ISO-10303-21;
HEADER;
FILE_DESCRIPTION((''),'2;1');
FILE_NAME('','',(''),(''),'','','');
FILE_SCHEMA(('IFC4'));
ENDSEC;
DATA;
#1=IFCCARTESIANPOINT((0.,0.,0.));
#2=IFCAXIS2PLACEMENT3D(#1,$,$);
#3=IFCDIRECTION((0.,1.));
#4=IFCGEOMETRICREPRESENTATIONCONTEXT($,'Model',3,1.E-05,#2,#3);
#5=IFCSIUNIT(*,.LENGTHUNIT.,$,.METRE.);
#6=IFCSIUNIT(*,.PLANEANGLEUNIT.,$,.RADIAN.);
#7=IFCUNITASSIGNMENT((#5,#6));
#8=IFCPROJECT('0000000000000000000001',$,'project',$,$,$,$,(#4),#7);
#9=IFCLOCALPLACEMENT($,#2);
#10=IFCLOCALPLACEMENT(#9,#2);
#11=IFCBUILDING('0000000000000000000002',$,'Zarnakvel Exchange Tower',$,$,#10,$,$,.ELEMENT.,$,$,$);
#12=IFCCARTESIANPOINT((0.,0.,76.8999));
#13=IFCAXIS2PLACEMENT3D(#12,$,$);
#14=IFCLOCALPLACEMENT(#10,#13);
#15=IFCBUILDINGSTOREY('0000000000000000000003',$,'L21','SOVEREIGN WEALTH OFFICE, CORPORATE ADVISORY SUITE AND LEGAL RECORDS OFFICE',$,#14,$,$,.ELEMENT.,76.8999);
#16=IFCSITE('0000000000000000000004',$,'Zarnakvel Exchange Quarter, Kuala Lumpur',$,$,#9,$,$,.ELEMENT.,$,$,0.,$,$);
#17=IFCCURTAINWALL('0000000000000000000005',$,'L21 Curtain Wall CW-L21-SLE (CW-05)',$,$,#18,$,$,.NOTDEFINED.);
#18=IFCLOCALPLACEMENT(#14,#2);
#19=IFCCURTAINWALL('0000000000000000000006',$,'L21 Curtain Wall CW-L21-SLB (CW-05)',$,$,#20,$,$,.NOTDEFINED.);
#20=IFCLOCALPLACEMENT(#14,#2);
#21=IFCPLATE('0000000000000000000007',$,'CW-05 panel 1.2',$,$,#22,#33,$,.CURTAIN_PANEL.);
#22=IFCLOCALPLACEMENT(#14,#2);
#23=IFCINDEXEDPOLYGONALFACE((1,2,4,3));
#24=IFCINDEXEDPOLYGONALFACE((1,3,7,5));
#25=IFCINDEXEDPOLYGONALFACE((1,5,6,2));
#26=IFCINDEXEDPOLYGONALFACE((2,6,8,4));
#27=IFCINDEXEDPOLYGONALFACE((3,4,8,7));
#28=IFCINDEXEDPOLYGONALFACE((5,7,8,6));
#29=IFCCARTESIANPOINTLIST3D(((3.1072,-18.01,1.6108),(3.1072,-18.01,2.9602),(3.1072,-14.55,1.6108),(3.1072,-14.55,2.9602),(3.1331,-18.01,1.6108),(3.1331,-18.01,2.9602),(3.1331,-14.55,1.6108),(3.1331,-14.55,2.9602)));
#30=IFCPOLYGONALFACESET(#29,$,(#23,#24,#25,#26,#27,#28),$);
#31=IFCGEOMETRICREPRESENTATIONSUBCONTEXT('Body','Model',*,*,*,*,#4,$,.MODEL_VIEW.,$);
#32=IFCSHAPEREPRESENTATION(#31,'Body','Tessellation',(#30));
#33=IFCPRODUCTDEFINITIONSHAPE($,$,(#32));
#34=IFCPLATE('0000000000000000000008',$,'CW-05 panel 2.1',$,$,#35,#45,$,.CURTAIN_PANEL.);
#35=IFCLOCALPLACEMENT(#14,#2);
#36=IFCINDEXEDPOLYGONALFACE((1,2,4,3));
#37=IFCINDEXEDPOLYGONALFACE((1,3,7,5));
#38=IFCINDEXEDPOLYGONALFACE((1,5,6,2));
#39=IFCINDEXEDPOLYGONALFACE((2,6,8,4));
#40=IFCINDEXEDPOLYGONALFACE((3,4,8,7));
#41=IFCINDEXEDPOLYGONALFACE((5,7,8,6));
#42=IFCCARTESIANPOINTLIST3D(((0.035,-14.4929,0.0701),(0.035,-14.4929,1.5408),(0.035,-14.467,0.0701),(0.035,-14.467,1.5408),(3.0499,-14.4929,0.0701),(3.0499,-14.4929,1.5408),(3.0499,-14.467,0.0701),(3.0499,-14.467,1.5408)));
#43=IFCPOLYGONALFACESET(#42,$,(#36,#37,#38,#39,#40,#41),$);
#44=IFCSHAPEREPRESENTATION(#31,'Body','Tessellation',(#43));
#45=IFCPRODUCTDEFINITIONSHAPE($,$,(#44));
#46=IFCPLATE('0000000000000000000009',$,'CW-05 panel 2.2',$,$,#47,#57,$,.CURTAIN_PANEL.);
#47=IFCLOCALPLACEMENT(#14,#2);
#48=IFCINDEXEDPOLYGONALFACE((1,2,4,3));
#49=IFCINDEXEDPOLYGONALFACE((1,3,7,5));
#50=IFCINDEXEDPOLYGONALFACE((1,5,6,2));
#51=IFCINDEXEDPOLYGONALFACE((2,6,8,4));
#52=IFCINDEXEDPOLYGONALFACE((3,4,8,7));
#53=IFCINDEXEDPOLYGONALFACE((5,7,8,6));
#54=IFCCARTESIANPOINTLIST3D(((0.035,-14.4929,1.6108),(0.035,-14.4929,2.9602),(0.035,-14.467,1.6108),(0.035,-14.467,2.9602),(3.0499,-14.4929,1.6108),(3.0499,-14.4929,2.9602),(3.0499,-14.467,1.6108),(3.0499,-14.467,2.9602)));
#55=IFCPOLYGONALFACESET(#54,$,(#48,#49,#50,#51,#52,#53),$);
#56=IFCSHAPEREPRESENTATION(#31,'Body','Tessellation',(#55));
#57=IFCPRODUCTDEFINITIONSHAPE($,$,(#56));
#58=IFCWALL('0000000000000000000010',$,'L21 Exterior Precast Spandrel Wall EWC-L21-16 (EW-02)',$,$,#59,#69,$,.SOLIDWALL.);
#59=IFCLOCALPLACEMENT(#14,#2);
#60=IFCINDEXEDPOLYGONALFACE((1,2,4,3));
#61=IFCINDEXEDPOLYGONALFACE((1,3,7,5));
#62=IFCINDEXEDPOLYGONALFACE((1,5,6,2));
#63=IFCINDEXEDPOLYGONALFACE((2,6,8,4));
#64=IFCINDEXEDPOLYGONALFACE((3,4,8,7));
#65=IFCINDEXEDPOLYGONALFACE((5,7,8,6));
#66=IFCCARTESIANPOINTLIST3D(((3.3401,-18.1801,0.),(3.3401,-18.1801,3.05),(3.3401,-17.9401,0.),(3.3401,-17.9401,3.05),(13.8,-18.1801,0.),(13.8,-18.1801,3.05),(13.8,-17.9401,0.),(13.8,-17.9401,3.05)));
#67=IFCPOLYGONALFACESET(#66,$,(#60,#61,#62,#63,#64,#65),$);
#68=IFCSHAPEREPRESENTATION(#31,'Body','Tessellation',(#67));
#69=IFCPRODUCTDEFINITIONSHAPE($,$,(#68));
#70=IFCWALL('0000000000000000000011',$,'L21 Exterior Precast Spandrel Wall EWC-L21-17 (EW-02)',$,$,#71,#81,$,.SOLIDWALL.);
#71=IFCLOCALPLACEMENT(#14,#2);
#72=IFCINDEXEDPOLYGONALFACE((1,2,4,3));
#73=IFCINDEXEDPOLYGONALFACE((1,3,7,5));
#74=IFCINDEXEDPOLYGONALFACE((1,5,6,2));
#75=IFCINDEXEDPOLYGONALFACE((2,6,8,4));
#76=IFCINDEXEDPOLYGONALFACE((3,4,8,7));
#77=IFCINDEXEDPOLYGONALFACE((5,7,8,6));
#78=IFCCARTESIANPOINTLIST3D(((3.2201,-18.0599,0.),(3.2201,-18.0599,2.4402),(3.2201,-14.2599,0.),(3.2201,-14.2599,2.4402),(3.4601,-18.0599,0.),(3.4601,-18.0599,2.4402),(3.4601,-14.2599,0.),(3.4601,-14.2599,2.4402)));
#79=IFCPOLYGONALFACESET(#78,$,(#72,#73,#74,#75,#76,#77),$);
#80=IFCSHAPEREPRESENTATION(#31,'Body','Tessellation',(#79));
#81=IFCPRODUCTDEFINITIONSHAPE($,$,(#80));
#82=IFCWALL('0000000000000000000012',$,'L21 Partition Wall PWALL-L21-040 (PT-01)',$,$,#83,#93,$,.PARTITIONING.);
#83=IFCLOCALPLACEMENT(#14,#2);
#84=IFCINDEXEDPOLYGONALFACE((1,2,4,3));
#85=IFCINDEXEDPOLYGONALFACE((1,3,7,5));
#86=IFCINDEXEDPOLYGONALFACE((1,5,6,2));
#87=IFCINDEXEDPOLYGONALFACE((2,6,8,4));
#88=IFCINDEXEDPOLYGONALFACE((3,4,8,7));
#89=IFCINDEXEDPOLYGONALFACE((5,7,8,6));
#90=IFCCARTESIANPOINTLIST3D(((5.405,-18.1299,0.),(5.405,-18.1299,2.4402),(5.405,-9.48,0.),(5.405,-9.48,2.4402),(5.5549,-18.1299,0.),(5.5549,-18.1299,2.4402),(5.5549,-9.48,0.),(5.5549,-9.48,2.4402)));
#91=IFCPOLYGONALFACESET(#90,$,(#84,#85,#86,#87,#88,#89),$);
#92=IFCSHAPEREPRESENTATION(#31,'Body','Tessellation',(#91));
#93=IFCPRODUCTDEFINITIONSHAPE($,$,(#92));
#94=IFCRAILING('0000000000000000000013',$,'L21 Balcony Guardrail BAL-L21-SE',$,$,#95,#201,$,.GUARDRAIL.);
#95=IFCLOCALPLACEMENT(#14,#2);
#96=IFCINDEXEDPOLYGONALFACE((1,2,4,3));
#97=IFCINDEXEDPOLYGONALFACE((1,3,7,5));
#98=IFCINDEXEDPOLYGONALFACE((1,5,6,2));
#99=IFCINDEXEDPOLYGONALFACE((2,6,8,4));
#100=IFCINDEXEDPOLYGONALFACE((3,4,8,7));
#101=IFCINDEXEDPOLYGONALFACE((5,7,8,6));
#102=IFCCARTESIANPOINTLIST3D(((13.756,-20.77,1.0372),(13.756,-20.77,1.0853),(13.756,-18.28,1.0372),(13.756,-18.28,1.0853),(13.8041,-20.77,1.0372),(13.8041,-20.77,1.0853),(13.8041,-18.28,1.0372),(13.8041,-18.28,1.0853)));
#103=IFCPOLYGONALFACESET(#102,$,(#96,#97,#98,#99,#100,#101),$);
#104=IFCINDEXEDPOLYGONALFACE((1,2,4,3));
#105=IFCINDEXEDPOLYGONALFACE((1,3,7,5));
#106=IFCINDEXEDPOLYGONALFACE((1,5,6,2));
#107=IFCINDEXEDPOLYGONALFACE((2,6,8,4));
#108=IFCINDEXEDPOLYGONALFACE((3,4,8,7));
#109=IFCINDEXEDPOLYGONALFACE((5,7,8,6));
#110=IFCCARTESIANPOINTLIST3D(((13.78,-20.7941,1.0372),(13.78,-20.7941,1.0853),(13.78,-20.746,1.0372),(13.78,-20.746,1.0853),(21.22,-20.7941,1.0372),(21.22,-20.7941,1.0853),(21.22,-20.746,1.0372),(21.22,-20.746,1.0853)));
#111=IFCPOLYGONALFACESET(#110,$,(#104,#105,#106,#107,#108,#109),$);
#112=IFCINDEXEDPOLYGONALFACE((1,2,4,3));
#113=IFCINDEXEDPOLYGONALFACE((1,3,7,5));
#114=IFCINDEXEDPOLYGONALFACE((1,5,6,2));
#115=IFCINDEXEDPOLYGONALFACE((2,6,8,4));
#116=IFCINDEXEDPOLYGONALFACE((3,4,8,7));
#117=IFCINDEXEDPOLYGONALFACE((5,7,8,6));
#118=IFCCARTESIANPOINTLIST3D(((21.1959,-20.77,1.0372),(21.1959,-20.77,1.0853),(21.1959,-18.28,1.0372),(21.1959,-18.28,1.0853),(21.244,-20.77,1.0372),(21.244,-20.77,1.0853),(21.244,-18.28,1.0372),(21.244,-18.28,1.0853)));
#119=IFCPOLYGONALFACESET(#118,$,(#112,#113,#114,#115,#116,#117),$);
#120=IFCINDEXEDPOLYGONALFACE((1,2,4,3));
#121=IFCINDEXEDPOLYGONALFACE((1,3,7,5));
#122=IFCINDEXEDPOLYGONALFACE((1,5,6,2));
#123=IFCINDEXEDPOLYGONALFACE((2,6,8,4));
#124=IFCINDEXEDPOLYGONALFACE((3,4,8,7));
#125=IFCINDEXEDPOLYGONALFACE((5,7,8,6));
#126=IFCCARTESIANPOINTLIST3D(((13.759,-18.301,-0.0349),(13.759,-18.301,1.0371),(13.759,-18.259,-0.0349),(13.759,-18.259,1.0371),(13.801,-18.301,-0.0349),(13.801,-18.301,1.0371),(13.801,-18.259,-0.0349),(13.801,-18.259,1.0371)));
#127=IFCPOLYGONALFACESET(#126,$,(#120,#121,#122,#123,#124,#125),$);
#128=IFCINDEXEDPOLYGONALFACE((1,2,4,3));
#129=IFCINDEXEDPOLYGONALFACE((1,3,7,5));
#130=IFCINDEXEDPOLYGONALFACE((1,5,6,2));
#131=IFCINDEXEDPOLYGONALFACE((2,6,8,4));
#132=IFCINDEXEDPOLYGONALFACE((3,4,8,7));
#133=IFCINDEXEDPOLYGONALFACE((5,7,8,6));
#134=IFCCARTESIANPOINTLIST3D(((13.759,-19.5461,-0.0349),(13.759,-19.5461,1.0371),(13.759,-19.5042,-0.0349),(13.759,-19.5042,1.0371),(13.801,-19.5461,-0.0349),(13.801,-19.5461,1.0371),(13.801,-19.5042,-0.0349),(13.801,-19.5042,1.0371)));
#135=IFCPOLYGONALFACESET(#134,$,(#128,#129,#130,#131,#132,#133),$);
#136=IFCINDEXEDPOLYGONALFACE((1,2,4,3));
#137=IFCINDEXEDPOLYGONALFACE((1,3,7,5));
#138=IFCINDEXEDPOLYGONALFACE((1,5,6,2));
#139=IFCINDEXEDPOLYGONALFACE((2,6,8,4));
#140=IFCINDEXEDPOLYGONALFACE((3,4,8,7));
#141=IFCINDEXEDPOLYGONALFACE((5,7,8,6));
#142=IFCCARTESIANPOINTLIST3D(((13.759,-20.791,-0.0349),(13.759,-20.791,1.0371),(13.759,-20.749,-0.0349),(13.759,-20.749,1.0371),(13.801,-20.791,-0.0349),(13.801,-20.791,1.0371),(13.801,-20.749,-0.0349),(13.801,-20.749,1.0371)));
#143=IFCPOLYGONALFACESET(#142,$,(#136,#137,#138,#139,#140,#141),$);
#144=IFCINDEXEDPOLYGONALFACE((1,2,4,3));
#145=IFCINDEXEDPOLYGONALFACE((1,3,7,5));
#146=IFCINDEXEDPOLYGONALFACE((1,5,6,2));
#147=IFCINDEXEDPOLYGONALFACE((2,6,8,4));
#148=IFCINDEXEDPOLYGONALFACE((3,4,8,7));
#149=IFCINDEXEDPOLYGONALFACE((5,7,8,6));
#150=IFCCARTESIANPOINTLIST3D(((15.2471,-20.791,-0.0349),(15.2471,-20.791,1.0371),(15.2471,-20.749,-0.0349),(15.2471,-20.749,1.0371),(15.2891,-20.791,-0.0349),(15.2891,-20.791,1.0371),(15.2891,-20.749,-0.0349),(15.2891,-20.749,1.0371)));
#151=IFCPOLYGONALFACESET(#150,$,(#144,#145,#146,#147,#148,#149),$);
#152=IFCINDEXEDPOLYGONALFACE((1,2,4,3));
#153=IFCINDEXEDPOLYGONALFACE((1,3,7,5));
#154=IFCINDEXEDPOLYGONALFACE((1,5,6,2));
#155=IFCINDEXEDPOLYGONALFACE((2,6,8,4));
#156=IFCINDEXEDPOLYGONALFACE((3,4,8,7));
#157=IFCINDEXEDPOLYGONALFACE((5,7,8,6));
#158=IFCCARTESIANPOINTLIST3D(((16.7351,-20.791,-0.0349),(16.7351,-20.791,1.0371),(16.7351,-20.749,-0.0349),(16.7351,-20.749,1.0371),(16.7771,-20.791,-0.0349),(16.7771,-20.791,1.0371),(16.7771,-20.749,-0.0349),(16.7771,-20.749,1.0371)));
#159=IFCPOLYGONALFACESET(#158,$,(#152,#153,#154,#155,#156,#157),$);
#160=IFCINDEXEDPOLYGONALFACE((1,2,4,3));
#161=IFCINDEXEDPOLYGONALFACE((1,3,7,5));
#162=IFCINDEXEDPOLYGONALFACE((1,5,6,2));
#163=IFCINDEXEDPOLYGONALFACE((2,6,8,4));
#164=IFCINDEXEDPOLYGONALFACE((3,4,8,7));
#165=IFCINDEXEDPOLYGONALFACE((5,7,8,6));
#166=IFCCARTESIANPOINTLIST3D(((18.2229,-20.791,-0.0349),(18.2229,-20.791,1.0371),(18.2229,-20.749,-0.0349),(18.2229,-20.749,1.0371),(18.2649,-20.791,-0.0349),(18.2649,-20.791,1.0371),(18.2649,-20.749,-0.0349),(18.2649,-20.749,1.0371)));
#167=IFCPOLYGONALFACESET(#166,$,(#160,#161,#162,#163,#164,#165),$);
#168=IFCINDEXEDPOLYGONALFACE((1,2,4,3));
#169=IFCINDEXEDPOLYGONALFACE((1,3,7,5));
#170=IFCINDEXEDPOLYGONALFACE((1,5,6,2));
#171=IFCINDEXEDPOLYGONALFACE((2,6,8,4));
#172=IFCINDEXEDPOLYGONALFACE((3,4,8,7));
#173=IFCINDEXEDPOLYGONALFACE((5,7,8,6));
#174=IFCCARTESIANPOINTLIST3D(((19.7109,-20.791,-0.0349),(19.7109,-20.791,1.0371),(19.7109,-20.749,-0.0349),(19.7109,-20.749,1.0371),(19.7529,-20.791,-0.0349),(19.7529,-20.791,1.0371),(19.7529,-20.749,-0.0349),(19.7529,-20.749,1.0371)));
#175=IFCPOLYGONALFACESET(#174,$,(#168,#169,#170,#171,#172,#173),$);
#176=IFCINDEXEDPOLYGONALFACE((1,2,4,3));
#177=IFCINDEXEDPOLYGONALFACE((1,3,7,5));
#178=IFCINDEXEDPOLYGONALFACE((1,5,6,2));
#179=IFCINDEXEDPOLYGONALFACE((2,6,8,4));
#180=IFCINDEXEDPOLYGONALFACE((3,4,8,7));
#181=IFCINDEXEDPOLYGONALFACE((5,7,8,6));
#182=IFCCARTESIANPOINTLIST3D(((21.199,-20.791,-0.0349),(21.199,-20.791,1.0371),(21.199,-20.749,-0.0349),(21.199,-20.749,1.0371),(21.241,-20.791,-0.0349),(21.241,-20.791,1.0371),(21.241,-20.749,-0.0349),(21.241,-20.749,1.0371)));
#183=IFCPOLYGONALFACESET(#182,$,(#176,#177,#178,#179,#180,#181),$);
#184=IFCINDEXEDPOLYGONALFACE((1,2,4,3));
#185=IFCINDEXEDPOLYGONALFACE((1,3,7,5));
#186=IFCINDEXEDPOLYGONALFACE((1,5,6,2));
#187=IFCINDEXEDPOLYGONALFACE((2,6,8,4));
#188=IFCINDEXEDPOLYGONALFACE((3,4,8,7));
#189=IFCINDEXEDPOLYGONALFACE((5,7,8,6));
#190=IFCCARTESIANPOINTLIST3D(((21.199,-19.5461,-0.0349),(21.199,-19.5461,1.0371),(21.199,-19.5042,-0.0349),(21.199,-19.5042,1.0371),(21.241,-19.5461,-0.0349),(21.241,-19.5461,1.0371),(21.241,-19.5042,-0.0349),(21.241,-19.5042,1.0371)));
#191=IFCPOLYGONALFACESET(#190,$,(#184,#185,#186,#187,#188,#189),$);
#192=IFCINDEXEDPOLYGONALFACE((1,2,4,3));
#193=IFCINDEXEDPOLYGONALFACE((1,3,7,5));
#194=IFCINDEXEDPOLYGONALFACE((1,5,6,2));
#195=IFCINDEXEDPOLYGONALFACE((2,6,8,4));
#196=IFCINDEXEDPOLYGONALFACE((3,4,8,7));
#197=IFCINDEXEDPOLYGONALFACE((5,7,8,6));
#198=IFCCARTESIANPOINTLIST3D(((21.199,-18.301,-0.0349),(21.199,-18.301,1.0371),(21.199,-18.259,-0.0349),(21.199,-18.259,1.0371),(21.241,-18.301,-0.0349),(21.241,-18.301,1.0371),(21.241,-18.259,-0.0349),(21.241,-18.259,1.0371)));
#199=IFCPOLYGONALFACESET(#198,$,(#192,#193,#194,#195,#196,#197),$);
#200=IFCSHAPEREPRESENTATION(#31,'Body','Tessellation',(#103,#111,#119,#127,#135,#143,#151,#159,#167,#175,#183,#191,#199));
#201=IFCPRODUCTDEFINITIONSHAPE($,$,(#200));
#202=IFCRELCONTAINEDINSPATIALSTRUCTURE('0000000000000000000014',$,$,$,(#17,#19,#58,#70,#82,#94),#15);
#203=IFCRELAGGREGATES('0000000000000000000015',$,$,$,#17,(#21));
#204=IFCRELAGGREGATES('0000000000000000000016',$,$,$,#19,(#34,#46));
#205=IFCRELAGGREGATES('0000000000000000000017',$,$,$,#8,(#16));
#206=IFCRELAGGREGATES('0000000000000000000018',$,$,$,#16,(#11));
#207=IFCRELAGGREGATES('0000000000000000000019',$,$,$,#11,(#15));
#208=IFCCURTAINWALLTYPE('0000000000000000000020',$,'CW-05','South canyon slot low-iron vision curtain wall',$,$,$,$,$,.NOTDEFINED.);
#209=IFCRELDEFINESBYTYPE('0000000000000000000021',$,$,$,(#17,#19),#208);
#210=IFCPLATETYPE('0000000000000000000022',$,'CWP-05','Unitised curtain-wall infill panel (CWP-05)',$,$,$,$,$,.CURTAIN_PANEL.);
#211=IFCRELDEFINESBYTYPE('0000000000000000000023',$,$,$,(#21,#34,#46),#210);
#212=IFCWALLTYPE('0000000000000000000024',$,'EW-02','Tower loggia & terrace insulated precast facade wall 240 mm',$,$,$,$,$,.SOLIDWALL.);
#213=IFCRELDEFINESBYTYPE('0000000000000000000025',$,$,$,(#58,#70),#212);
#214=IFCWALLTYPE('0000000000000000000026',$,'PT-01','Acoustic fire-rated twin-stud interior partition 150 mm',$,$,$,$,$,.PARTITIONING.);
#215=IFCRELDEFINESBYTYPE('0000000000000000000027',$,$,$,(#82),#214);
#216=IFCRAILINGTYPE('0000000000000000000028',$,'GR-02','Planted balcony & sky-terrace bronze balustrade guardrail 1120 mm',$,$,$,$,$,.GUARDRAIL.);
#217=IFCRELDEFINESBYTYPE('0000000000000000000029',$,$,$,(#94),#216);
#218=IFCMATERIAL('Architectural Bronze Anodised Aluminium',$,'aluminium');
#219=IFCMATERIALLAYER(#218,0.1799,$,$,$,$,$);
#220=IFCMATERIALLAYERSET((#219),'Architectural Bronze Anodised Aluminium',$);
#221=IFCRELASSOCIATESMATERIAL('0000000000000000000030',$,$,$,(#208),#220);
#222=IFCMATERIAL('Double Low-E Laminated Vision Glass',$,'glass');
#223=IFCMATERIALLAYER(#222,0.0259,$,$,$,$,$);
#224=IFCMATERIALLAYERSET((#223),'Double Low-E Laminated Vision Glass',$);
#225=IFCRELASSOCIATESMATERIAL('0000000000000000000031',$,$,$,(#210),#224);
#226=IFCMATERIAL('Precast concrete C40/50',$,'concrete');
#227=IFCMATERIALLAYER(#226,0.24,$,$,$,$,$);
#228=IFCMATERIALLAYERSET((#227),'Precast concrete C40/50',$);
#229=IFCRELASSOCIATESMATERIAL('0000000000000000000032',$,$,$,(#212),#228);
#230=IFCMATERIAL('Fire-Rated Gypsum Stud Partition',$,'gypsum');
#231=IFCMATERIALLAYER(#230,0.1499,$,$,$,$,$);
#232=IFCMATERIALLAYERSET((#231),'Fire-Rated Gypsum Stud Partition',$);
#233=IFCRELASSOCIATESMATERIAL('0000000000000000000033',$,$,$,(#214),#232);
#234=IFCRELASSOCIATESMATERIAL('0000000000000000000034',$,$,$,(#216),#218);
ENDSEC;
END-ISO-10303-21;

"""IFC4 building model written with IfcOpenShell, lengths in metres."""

from ifc_helpers import new_model, si_unit, direction, frame, frame_2d, origin, origin_2d, place, context, subcontext, project, spatial, rectangle, extrude, source, transform, mapped, material, layer, layer_set, type_object, element, aggregate, save


model = new_model("IFC4")

# Units and contexts
model_context = context("Model", 3, precision=1e-05, world=origin(), true_north=direction((0.0, 1.0)))
body_context = subcontext(model_context, "Body", "Model", "MODEL_VIEW")
ifc_project = project(units=[si_unit("LENGTHUNIT", "METRE"), si_unit("PLANEANGLEUNIT", "RADIAN")], contexts=[model_context])

# Site, building, storey
site_placement = place(None, origin())
site = spatial("IfcSite", under=ifc_project, at=site_placement, Name="Zarnakvel Exchange Quarter, Kuala Lumpur", CompositionType="ELEMENT", RefElevation=0.0)
building_placement = place(site_placement, origin())
building = spatial("IfcBuilding", under=site, at=building_placement, Name="Zarnakvel Exchange Tower", CompositionType="ELEMENT")
storey_placement = place(building_placement, frame((0.0, 0.0, 76.8999)))
storey = spatial("IfcBuildingStorey", under=building, at=storey_placement, Name="L21", Description="SOVEREIGN WEALTH OFFICE, CORPORATE ADVISORY SUITE AND LEGAL RECORDS OFFICE", CompositionType="ELEMENT", Elevation=76.8999)

# Curtain walls
ifc_material_1 = material(Name="Architectural Bronze Anodised Aluminium", Category="aluminium")
ifc_layer_1 = layer(ifc_material_1, 0.1799)
ifc_layer_set_1 = layer_set([ifc_layer_1], Name="Architectural Bronze Anodised Aluminium")
curtain_wall_type = type_object("IfcCurtainWallType", Name="CW-05", Description="South canyon slot low-iron vision curtain wall", PredefinedType="NOTDEFINED", material=ifc_layer_set_1)
curtain_wall_1_placement = place(storey_placement, origin())
curtain_wall_1 = element("IfcCurtainWall", 1, at=curtain_wall_1_placement, inside=storey, type_object=curtain_wall_type, Name="L21 Curtain Wall CW-L21-SLE (CW-05)", PredefinedType="NOTDEFINED")
curtain_wall_2_placement = place(storey_placement, origin())
curtain_wall_2 = element("IfcCurtainWall", 2, at=curtain_wall_2_placement, inside=storey, type_object=curtain_wall_type, Name="L21 Curtain Wall CW-L21-SLB (CW-05)", PredefinedType="NOTDEFINED")

# Plates
ifc_material_2 = material(Name="Double Low-E Laminated Vision Glass", Category="glass")
ifc_layer_2 = layer(ifc_material_2, 0.0259)
ifc_layer_set_2 = layer_set([ifc_layer_2], Name="Double Low-E Laminated Vision Glass")
plate_type = type_object("IfcPlateType", Name="CWP-05", Description="Unitised curtain-wall infill panel (CWP-05)", PredefinedType="CURTAIN_PANEL", material=ifc_layer_set_2)
shared_shape_1 = source(origin(), body_context, "Body", "SweptSolid", [
    extrude(rectangle(XDim=3.46, YDim=0.0259, at=origin_2d()), origin(), (0.0, 0.0, 1.0), 1.3494),
])
plate_1_placement = place(storey_placement, frame((3.1201, -16.28, 1.6108), z_axis=(0.0, 0.0, 1.0), x_axis=(0.0, -1.0, 0.0)))
plate_1 = element("IfcPlate", 3, at=plate_1_placement, type_object=plate_type, Name="CW-05 panel 1.2", PredefinedType="CURTAIN_PANEL", context=body_context, shape_type="MappedRepresentation", body=[
    mapped(shared_shape_1, transform((0.0, 0.0, 0.0), x_axis=(1.0, 0.0, 0.0), y_axis=(0.0, 1.0, 0.0), z_axis=(0.0, 0.0, 1.0), scale=1.0)),
])
aggregate(curtain_wall_1, [plate_1])
shared_shape_2 = source(origin(), body_context, "Body", "SweptSolid", [
    extrude(rectangle(XDim=3.0149, YDim=0.0259, at=origin_2d()), origin(), (0.0, 0.0, 1.0), 1.4707),
])
plate_2_placement = place(storey_placement, frame((1.5425, -14.48, 0.0701), z_axis=(0.0, 0.0, 1.0), x_axis=(1.0, 0.0, 0.0)))
plate_2 = element("IfcPlate", 4, at=plate_2_placement, type_object=plate_type, Name="CW-05 panel 2.1", PredefinedType="CURTAIN_PANEL", context=body_context, shape_type="MappedRepresentation", body=[
    mapped(shared_shape_2, transform((0.0, 0.0, 0.0), x_axis=(1.0, 0.0, 0.0), y_axis=(0.0, 1.0, 0.0), z_axis=(0.0, 0.0, 1.0), scale=1.0)),
])
shared_shape_3 = source(origin(), body_context, "Body", "SweptSolid", [
    extrude(rectangle(XDim=3.0149, YDim=0.0259, at=origin_2d()), origin(), (0.0, 0.0, 1.0), 1.3494),
])
plate_3_placement = place(storey_placement, frame((1.5425, -14.48, 1.6108), z_axis=(0.0, 0.0, 1.0), x_axis=(1.0, 0.0, 0.0)))
plate_3 = element("IfcPlate", 5, at=plate_3_placement, type_object=plate_type, Name="CW-05 panel 2.2", PredefinedType="CURTAIN_PANEL", context=body_context, shape_type="MappedRepresentation", body=[
    mapped(shared_shape_3, transform((0.0, 0.0, 0.0), x_axis=(1.0, 0.0, 0.0), y_axis=(0.0, 1.0, 0.0), z_axis=(0.0, 0.0, 1.0), scale=1.0)),
])
aggregate(curtain_wall_2, [plate_2, plate_3])

# Walls
ifc_material_3 = material(Name="Precast concrete C40/50", Category="concrete")
ifc_layer_3 = layer(ifc_material_3, 0.24)
ifc_layer_set_3 = layer_set([ifc_layer_3], Name="Precast concrete C40/50")
wall_type_1 = type_object("IfcWallType", Name="EW-02", Description="Tower loggia & terrace insulated precast facade wall 240 mm", PredefinedType="SOLIDWALL", material=ifc_layer_set_3)
wall_1_placement = place(storey_placement, frame((3.3401, -18.0601, 0.0), z_axis=(0.0, 0.0, 1.0), x_axis=(1.0, 0.0, 0.0)))
element("IfcWall", 6, at=wall_1_placement, inside=storey, type_object=wall_type_1, Name="L21 Exterior Precast Spandrel Wall EWC-L21-16 (EW-02)", PredefinedType="SOLIDWALL", context=body_context, shape_type="SweptSolid", body=[
    extrude(rectangle(XDim=10.46, YDim=0.24, at=frame_2d((5.23, 0.0))), origin(), (0.0, 0.0, 1.0), 3.05),
])
wall_2_placement = place(storey_placement, frame((3.3401, -14.26, 0.0), z_axis=(0.0, 0.0, 1.0), x_axis=(0.0, -1.0, 0.0)))
element("IfcWall", 7, at=wall_2_placement, inside=storey, type_object=wall_type_1, Name="L21 Exterior Precast Spandrel Wall EWC-L21-17 (EW-02)", PredefinedType="SOLIDWALL", context=body_context, shape_type="SweptSolid", body=[
    extrude(rectangle(XDim=3.8, YDim=0.24, at=frame_2d((1.8999, 0.0))), origin(), (0.0, 0.0, 1.0), 2.4402),
])
ifc_material_4 = material(Name="Fire-Rated Gypsum Stud Partition", Category="gypsum")
ifc_layer_4 = layer(ifc_material_4, 0.1499)
ifc_layer_set_4 = layer_set([ifc_layer_4], Name="Fire-Rated Gypsum Stud Partition")
wall_type_2 = type_object("IfcWallType", Name="PT-01", Description="Acoustic fire-rated twin-stud interior partition 150 mm", PredefinedType="PARTITIONING", material=ifc_layer_set_4)
wall_3_placement = place(storey_placement, frame((5.48, -18.1299, 0.0), z_axis=(0.0, 0.0, 1.0), x_axis=(0.0, 1.0, 0.0)))
element("IfcWall", 8, at=wall_3_placement, inside=storey, type_object=wall_type_2, Name="L21 Partition Wall PWALL-L21-040 (PT-01)", PredefinedType="PARTITIONING", context=body_context, shape_type="SweptSolid", body=[
    extrude(rectangle(XDim=8.6499, YDim=0.1499, at=frame_2d((4.325, 0.0))), origin(), (0.0, 0.0, 1.0), 2.4402),
])

# Railing
railing_type = type_object("IfcRailingType", Name="GR-02", Description="Planted balcony & sky-terrace bronze balustrade guardrail 1120 mm", PredefinedType="GUARDRAIL", material=ifc_material_1)
railing_1_placement = place(storey_placement, frame((13.78, -18.28, -0.0349)))
element("IfcRailing", 9, at=railing_1_placement, inside=storey, type_object=railing_type, Name="L21 Balcony Guardrail BAL-L21-SE", PredefinedType="GUARDRAIL", context=body_context, shape_type="SweptSolid", body=[
    extrude(rectangle(XDim=0.0481, YDim=0.0481, at=origin_2d()), frame((0.0, 0.0, 1.0962), z_axis=(0.0, -1.0, 0.0), x_axis=(1.0, 0.0, 0.0)), (0.0, 0.0, 1.0), 2.49),
    extrude(rectangle(XDim=0.0481, YDim=0.0481, at=origin_2d()), frame((0.0, -2.49, 1.0962), z_axis=(1.0, 0.0, 0.0), x_axis=(0.0, 1.0, 0.0)), (0.0, 0.0, 1.0), 7.4399),
    extrude(rectangle(XDim=0.0481, YDim=0.0481, at=origin_2d()), frame((7.4399, -2.49, 1.0962), z_axis=(0.0, 1.0, 0.0), x_axis=(-1.0, 0.0, 0.0)), (0.0, 0.0, 1.0), 2.49),
    extrude(rectangle(XDim=0.042, YDim=0.042, at=origin_2d()), origin(), (0.0, 0.0, 1.0), 1.072),
    extrude(rectangle(XDim=0.042, YDim=0.042, at=origin_2d()), frame((0.0, -1.2451, 0.0)), (0.0, 0.0, 1.0), 1.072),
    extrude(rectangle(XDim=0.042, YDim=0.042, at=origin_2d()), frame((0.0, -2.49, 0.0)), (0.0, 0.0, 1.0), 1.072),
    extrude(rectangle(XDim=0.042, YDim=0.042, at=origin_2d()), frame((1.488, -2.49, 0.0)), (0.0, 0.0, 1.0), 1.072),
    extrude(rectangle(XDim=0.042, YDim=0.042, at=origin_2d()), frame((2.9761, -2.49, 0.0)), (0.0, 0.0, 1.0), 1.072),
    extrude(rectangle(XDim=0.042, YDim=0.042, at=origin_2d()), frame((4.4639, -2.49, 0.0)), (0.0, 0.0, 1.0), 1.072),
    extrude(rectangle(XDim=0.042, YDim=0.042, at=origin_2d()), frame((5.9519, -2.49, 0.0)), (0.0, 0.0, 1.0), 1.072),
    extrude(rectangle(XDim=0.042, YDim=0.042, at=origin_2d()), frame((7.4399, -2.49, 0.0)), (0.0, 0.0, 1.0), 1.072),
    extrude(rectangle(XDim=0.042, YDim=0.042, at=origin_2d()), frame((7.4399, -1.2451, 0.0)), (0.0, 0.0, 1.0), 1.072),
    extrude(rectangle(XDim=0.042, YDim=0.042, at=origin_2d()), frame((7.4399, 0.0, 0.0)), (0.0, 0.0, 1.0), 1.072),
])

save(model, "model.ifc")
